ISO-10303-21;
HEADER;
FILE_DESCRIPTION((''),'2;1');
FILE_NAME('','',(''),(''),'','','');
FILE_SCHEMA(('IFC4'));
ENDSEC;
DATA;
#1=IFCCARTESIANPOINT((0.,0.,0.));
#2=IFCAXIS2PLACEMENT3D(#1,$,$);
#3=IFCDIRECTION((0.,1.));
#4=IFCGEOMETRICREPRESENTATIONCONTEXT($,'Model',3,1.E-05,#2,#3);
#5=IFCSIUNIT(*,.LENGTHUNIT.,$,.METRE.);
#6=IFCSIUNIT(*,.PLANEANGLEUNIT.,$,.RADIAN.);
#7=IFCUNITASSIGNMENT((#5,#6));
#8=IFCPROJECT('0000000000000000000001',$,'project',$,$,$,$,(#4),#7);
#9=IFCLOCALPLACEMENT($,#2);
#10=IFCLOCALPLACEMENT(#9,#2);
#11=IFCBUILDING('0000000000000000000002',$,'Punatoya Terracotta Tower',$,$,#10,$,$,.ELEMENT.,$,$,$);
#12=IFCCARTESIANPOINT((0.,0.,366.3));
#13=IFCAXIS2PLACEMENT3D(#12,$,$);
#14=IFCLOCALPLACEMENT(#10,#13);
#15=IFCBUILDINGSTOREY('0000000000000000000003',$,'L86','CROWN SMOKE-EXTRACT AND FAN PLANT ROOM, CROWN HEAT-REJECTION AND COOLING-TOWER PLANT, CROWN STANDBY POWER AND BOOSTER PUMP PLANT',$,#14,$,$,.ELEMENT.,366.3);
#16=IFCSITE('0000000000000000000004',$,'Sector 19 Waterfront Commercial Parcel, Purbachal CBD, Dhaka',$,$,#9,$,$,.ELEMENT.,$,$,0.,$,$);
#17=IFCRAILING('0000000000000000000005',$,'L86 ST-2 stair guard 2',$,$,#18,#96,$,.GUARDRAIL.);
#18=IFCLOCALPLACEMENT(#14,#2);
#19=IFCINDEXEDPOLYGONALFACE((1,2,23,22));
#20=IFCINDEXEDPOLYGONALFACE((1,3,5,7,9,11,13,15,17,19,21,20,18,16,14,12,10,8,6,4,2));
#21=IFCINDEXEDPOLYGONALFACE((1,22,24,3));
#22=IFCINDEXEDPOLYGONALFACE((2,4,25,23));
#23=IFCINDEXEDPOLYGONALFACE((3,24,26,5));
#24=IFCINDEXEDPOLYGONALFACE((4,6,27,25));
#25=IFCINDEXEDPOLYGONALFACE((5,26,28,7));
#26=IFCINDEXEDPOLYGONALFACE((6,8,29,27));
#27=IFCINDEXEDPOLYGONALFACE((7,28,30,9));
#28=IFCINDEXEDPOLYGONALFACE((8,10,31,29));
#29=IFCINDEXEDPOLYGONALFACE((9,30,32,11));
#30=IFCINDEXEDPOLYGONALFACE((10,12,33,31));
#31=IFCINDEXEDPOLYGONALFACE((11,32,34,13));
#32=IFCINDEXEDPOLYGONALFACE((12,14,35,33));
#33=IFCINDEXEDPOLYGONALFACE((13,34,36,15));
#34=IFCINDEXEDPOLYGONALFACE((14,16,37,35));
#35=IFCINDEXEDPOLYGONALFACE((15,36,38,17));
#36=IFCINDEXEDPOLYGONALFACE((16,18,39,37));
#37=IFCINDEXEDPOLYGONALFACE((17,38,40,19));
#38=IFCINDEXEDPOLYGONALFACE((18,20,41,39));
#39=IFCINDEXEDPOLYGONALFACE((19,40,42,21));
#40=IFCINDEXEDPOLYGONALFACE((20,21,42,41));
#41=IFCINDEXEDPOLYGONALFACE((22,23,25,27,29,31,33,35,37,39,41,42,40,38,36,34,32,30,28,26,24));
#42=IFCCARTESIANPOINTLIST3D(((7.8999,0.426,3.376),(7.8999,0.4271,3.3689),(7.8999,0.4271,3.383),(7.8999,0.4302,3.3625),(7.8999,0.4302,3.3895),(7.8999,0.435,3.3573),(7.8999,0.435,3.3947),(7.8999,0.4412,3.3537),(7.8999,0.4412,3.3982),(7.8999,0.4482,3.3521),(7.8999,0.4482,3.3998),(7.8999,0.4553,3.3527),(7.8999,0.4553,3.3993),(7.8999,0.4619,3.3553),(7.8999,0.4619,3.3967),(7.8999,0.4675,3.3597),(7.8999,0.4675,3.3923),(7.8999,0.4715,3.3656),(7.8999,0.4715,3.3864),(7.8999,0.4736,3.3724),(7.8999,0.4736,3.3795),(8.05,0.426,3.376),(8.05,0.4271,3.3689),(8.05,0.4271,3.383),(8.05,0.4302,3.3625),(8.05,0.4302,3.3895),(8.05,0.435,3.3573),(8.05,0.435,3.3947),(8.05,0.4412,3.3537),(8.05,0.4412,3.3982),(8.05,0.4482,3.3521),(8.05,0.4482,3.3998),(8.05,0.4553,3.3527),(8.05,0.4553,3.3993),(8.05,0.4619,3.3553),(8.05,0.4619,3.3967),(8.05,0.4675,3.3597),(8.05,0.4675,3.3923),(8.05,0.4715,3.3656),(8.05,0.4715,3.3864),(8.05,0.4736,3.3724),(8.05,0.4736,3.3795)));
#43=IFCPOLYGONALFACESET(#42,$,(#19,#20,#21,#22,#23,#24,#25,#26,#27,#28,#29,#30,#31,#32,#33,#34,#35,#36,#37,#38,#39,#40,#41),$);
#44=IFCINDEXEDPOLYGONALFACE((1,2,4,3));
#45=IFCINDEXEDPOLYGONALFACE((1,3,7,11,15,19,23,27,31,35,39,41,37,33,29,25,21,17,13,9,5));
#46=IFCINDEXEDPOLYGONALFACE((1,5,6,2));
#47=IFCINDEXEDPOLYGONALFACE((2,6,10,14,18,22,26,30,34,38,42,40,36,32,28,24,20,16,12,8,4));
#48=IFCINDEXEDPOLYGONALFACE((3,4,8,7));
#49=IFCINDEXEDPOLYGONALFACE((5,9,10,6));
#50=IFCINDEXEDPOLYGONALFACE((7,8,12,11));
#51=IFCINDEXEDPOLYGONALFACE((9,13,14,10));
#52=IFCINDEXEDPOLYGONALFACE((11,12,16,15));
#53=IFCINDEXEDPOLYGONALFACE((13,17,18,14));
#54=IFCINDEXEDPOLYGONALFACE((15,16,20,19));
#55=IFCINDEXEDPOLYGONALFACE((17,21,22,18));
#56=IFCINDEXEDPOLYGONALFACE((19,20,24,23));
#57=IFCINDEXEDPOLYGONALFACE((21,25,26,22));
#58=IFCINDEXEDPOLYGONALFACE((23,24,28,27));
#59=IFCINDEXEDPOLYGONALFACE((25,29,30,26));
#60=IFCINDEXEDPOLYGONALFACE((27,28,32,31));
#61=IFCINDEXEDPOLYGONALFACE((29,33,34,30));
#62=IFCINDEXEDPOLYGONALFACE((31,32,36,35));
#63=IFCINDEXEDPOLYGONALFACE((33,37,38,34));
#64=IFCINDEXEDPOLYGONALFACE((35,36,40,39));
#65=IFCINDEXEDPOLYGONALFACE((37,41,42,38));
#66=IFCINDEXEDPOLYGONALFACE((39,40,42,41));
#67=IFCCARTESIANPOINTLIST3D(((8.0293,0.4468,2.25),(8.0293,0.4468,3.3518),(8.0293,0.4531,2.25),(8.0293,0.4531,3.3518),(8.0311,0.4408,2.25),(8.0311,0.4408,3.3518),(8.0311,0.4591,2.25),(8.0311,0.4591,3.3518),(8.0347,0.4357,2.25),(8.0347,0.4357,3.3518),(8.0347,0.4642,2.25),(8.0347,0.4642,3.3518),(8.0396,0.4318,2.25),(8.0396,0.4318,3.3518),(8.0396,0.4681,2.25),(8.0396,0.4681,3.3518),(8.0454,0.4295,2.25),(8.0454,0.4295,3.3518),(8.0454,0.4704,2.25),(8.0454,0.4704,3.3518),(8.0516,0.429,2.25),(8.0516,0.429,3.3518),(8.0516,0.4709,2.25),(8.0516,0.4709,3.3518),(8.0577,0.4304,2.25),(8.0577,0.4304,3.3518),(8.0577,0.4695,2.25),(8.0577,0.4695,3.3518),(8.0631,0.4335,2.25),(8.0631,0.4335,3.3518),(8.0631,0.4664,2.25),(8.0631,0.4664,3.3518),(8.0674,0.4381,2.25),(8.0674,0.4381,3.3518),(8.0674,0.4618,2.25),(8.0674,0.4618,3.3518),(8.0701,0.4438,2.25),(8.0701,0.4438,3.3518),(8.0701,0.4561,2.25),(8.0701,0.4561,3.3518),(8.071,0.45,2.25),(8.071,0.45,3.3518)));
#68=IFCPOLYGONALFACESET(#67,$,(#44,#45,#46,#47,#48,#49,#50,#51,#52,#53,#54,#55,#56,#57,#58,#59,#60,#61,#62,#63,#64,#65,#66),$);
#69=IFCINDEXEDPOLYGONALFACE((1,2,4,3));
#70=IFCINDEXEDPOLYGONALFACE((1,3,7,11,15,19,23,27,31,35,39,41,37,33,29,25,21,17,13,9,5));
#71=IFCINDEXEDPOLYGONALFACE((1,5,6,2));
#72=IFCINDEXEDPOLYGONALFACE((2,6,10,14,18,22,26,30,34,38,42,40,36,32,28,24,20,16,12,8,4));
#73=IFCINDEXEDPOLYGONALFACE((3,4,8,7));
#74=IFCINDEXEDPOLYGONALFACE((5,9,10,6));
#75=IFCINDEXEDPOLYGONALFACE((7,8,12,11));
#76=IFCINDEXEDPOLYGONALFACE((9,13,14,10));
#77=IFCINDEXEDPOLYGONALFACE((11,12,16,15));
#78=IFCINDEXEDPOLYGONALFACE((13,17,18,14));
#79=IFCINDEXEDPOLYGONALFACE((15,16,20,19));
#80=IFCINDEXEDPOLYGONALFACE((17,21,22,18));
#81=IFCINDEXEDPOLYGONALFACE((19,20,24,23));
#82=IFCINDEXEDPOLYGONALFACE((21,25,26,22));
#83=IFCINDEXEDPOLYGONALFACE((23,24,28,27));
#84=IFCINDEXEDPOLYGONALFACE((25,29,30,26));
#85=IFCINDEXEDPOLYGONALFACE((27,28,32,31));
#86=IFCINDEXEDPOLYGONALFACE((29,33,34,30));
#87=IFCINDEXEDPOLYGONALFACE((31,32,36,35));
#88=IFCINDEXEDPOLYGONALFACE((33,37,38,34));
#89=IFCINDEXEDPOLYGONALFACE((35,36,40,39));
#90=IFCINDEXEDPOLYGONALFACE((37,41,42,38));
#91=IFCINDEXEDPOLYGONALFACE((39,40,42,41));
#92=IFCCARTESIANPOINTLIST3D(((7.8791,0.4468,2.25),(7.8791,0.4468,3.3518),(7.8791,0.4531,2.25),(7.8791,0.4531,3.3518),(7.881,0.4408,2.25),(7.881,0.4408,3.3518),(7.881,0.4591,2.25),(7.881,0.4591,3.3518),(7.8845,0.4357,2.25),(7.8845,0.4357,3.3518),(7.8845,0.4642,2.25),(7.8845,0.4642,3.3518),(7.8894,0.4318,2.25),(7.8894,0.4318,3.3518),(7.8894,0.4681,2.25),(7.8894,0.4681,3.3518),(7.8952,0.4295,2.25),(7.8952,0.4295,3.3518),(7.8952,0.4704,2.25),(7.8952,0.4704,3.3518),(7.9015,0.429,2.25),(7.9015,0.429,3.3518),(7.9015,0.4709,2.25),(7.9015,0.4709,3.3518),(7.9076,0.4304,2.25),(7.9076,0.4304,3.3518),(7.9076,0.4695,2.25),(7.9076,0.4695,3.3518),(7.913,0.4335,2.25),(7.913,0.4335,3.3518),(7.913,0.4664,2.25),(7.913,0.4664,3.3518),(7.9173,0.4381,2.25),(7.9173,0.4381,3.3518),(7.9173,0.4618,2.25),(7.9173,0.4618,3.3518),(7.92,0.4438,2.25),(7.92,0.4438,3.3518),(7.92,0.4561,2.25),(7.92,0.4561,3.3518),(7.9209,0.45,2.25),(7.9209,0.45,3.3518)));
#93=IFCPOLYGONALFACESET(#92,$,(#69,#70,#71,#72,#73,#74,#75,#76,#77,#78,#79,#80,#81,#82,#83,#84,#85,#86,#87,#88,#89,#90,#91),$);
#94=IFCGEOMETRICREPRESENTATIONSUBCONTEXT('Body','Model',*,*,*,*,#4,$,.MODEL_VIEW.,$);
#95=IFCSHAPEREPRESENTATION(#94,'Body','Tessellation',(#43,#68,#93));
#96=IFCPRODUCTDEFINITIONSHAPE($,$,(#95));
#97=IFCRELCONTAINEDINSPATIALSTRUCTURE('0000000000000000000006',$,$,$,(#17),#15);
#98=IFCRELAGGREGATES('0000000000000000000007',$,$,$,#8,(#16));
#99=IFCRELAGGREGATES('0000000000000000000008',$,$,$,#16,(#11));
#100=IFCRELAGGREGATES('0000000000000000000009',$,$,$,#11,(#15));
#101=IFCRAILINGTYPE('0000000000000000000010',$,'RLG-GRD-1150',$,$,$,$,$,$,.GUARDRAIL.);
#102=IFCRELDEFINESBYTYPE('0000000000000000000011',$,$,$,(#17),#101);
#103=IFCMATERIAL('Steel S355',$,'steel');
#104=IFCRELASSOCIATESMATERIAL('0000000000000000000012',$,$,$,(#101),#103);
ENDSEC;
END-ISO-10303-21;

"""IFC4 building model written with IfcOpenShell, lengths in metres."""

from ifc_helpers import new_model, si_unit, direction, frame, origin, origin_2d, place, context, subcontext, project, spatial, circle, extrude, material, type_object, element, save


model = new_model("IFC4")

# Units and contexts
model_context = context("Model", 3, precision=1e-05, world=origin(), true_north=direction((0.0, 1.0)))
body_context = subcontext(model_context, "Body", "Model", "MODEL_VIEW")
ifc_project = project(units=[si_unit("LENGTHUNIT", "METRE"), si_unit("PLANEANGLEUNIT", "RADIAN")], contexts=[model_context])

# Site, building, storey
site_placement = place(None, origin())
site = spatial("IfcSite", under=ifc_project, at=site_placement, Name="Sector 19 Waterfront Commercial Parcel, Purbachal CBD, Dhaka", CompositionType="ELEMENT", RefElevation=0.0)
building_placement = place(site_placement, origin())
building = spatial("IfcBuilding", under=site, at=building_placement, Name="Punatoya Terracotta Tower", CompositionType="ELEMENT")
storey_placement = place(building_placement, frame((0.0, 0.0, 366.3)))
storey = spatial("IfcBuildingStorey", under=building, at=storey_placement, Name="L86", Description="CROWN SMOKE-EXTRACT AND FAN PLANT ROOM, CROWN HEAT-REJECTION AND COOLING-TOWER PLANT, CROWN STANDBY POWER AND BOOSTER PUMP PLANT", CompositionType="ELEMENT", Elevation=366.3)

# Shared definitions
ifc_material_1 = material(Name="Steel S355", Category="steel")

# Railing
railing_type_1 = type_object("IfcRailingType", Name="RLG-GRD-1150", PredefinedType="GUARDRAIL", material=ifc_material_1)
railing_1_placement = place(storey_placement, frame((8.05, 0.45, 2.25)))
element("IfcRailing", 1, at=railing_1_placement, inside=storey, type_object=railing_type_1, Name="L86 ST-2 stair guard 2", PredefinedType="GUARDRAIL", context=body_context, shape_type="SweptSolid", body=[
    extrude(circle(Radius=0.0239, at=origin_2d()), frame((0.0, 0.0, 1.126), z_axis=(-1.0, 0.0, 0.0), x_axis=(0.0, -1.0, 0.0)), (0.0, 0.0, 1.0), 0.1501),
    extrude(circle(Radius=0.021, at=origin_2d()), origin(), (0.0, 0.0, 1.0), 1.1018),
    extrude(circle(Radius=0.021, at=origin_2d()), frame((-0.1501, 0.0, 0.0)), (0.0, 0.0, 1.0), 1.1018),
])

save(model, "model.ifc")
